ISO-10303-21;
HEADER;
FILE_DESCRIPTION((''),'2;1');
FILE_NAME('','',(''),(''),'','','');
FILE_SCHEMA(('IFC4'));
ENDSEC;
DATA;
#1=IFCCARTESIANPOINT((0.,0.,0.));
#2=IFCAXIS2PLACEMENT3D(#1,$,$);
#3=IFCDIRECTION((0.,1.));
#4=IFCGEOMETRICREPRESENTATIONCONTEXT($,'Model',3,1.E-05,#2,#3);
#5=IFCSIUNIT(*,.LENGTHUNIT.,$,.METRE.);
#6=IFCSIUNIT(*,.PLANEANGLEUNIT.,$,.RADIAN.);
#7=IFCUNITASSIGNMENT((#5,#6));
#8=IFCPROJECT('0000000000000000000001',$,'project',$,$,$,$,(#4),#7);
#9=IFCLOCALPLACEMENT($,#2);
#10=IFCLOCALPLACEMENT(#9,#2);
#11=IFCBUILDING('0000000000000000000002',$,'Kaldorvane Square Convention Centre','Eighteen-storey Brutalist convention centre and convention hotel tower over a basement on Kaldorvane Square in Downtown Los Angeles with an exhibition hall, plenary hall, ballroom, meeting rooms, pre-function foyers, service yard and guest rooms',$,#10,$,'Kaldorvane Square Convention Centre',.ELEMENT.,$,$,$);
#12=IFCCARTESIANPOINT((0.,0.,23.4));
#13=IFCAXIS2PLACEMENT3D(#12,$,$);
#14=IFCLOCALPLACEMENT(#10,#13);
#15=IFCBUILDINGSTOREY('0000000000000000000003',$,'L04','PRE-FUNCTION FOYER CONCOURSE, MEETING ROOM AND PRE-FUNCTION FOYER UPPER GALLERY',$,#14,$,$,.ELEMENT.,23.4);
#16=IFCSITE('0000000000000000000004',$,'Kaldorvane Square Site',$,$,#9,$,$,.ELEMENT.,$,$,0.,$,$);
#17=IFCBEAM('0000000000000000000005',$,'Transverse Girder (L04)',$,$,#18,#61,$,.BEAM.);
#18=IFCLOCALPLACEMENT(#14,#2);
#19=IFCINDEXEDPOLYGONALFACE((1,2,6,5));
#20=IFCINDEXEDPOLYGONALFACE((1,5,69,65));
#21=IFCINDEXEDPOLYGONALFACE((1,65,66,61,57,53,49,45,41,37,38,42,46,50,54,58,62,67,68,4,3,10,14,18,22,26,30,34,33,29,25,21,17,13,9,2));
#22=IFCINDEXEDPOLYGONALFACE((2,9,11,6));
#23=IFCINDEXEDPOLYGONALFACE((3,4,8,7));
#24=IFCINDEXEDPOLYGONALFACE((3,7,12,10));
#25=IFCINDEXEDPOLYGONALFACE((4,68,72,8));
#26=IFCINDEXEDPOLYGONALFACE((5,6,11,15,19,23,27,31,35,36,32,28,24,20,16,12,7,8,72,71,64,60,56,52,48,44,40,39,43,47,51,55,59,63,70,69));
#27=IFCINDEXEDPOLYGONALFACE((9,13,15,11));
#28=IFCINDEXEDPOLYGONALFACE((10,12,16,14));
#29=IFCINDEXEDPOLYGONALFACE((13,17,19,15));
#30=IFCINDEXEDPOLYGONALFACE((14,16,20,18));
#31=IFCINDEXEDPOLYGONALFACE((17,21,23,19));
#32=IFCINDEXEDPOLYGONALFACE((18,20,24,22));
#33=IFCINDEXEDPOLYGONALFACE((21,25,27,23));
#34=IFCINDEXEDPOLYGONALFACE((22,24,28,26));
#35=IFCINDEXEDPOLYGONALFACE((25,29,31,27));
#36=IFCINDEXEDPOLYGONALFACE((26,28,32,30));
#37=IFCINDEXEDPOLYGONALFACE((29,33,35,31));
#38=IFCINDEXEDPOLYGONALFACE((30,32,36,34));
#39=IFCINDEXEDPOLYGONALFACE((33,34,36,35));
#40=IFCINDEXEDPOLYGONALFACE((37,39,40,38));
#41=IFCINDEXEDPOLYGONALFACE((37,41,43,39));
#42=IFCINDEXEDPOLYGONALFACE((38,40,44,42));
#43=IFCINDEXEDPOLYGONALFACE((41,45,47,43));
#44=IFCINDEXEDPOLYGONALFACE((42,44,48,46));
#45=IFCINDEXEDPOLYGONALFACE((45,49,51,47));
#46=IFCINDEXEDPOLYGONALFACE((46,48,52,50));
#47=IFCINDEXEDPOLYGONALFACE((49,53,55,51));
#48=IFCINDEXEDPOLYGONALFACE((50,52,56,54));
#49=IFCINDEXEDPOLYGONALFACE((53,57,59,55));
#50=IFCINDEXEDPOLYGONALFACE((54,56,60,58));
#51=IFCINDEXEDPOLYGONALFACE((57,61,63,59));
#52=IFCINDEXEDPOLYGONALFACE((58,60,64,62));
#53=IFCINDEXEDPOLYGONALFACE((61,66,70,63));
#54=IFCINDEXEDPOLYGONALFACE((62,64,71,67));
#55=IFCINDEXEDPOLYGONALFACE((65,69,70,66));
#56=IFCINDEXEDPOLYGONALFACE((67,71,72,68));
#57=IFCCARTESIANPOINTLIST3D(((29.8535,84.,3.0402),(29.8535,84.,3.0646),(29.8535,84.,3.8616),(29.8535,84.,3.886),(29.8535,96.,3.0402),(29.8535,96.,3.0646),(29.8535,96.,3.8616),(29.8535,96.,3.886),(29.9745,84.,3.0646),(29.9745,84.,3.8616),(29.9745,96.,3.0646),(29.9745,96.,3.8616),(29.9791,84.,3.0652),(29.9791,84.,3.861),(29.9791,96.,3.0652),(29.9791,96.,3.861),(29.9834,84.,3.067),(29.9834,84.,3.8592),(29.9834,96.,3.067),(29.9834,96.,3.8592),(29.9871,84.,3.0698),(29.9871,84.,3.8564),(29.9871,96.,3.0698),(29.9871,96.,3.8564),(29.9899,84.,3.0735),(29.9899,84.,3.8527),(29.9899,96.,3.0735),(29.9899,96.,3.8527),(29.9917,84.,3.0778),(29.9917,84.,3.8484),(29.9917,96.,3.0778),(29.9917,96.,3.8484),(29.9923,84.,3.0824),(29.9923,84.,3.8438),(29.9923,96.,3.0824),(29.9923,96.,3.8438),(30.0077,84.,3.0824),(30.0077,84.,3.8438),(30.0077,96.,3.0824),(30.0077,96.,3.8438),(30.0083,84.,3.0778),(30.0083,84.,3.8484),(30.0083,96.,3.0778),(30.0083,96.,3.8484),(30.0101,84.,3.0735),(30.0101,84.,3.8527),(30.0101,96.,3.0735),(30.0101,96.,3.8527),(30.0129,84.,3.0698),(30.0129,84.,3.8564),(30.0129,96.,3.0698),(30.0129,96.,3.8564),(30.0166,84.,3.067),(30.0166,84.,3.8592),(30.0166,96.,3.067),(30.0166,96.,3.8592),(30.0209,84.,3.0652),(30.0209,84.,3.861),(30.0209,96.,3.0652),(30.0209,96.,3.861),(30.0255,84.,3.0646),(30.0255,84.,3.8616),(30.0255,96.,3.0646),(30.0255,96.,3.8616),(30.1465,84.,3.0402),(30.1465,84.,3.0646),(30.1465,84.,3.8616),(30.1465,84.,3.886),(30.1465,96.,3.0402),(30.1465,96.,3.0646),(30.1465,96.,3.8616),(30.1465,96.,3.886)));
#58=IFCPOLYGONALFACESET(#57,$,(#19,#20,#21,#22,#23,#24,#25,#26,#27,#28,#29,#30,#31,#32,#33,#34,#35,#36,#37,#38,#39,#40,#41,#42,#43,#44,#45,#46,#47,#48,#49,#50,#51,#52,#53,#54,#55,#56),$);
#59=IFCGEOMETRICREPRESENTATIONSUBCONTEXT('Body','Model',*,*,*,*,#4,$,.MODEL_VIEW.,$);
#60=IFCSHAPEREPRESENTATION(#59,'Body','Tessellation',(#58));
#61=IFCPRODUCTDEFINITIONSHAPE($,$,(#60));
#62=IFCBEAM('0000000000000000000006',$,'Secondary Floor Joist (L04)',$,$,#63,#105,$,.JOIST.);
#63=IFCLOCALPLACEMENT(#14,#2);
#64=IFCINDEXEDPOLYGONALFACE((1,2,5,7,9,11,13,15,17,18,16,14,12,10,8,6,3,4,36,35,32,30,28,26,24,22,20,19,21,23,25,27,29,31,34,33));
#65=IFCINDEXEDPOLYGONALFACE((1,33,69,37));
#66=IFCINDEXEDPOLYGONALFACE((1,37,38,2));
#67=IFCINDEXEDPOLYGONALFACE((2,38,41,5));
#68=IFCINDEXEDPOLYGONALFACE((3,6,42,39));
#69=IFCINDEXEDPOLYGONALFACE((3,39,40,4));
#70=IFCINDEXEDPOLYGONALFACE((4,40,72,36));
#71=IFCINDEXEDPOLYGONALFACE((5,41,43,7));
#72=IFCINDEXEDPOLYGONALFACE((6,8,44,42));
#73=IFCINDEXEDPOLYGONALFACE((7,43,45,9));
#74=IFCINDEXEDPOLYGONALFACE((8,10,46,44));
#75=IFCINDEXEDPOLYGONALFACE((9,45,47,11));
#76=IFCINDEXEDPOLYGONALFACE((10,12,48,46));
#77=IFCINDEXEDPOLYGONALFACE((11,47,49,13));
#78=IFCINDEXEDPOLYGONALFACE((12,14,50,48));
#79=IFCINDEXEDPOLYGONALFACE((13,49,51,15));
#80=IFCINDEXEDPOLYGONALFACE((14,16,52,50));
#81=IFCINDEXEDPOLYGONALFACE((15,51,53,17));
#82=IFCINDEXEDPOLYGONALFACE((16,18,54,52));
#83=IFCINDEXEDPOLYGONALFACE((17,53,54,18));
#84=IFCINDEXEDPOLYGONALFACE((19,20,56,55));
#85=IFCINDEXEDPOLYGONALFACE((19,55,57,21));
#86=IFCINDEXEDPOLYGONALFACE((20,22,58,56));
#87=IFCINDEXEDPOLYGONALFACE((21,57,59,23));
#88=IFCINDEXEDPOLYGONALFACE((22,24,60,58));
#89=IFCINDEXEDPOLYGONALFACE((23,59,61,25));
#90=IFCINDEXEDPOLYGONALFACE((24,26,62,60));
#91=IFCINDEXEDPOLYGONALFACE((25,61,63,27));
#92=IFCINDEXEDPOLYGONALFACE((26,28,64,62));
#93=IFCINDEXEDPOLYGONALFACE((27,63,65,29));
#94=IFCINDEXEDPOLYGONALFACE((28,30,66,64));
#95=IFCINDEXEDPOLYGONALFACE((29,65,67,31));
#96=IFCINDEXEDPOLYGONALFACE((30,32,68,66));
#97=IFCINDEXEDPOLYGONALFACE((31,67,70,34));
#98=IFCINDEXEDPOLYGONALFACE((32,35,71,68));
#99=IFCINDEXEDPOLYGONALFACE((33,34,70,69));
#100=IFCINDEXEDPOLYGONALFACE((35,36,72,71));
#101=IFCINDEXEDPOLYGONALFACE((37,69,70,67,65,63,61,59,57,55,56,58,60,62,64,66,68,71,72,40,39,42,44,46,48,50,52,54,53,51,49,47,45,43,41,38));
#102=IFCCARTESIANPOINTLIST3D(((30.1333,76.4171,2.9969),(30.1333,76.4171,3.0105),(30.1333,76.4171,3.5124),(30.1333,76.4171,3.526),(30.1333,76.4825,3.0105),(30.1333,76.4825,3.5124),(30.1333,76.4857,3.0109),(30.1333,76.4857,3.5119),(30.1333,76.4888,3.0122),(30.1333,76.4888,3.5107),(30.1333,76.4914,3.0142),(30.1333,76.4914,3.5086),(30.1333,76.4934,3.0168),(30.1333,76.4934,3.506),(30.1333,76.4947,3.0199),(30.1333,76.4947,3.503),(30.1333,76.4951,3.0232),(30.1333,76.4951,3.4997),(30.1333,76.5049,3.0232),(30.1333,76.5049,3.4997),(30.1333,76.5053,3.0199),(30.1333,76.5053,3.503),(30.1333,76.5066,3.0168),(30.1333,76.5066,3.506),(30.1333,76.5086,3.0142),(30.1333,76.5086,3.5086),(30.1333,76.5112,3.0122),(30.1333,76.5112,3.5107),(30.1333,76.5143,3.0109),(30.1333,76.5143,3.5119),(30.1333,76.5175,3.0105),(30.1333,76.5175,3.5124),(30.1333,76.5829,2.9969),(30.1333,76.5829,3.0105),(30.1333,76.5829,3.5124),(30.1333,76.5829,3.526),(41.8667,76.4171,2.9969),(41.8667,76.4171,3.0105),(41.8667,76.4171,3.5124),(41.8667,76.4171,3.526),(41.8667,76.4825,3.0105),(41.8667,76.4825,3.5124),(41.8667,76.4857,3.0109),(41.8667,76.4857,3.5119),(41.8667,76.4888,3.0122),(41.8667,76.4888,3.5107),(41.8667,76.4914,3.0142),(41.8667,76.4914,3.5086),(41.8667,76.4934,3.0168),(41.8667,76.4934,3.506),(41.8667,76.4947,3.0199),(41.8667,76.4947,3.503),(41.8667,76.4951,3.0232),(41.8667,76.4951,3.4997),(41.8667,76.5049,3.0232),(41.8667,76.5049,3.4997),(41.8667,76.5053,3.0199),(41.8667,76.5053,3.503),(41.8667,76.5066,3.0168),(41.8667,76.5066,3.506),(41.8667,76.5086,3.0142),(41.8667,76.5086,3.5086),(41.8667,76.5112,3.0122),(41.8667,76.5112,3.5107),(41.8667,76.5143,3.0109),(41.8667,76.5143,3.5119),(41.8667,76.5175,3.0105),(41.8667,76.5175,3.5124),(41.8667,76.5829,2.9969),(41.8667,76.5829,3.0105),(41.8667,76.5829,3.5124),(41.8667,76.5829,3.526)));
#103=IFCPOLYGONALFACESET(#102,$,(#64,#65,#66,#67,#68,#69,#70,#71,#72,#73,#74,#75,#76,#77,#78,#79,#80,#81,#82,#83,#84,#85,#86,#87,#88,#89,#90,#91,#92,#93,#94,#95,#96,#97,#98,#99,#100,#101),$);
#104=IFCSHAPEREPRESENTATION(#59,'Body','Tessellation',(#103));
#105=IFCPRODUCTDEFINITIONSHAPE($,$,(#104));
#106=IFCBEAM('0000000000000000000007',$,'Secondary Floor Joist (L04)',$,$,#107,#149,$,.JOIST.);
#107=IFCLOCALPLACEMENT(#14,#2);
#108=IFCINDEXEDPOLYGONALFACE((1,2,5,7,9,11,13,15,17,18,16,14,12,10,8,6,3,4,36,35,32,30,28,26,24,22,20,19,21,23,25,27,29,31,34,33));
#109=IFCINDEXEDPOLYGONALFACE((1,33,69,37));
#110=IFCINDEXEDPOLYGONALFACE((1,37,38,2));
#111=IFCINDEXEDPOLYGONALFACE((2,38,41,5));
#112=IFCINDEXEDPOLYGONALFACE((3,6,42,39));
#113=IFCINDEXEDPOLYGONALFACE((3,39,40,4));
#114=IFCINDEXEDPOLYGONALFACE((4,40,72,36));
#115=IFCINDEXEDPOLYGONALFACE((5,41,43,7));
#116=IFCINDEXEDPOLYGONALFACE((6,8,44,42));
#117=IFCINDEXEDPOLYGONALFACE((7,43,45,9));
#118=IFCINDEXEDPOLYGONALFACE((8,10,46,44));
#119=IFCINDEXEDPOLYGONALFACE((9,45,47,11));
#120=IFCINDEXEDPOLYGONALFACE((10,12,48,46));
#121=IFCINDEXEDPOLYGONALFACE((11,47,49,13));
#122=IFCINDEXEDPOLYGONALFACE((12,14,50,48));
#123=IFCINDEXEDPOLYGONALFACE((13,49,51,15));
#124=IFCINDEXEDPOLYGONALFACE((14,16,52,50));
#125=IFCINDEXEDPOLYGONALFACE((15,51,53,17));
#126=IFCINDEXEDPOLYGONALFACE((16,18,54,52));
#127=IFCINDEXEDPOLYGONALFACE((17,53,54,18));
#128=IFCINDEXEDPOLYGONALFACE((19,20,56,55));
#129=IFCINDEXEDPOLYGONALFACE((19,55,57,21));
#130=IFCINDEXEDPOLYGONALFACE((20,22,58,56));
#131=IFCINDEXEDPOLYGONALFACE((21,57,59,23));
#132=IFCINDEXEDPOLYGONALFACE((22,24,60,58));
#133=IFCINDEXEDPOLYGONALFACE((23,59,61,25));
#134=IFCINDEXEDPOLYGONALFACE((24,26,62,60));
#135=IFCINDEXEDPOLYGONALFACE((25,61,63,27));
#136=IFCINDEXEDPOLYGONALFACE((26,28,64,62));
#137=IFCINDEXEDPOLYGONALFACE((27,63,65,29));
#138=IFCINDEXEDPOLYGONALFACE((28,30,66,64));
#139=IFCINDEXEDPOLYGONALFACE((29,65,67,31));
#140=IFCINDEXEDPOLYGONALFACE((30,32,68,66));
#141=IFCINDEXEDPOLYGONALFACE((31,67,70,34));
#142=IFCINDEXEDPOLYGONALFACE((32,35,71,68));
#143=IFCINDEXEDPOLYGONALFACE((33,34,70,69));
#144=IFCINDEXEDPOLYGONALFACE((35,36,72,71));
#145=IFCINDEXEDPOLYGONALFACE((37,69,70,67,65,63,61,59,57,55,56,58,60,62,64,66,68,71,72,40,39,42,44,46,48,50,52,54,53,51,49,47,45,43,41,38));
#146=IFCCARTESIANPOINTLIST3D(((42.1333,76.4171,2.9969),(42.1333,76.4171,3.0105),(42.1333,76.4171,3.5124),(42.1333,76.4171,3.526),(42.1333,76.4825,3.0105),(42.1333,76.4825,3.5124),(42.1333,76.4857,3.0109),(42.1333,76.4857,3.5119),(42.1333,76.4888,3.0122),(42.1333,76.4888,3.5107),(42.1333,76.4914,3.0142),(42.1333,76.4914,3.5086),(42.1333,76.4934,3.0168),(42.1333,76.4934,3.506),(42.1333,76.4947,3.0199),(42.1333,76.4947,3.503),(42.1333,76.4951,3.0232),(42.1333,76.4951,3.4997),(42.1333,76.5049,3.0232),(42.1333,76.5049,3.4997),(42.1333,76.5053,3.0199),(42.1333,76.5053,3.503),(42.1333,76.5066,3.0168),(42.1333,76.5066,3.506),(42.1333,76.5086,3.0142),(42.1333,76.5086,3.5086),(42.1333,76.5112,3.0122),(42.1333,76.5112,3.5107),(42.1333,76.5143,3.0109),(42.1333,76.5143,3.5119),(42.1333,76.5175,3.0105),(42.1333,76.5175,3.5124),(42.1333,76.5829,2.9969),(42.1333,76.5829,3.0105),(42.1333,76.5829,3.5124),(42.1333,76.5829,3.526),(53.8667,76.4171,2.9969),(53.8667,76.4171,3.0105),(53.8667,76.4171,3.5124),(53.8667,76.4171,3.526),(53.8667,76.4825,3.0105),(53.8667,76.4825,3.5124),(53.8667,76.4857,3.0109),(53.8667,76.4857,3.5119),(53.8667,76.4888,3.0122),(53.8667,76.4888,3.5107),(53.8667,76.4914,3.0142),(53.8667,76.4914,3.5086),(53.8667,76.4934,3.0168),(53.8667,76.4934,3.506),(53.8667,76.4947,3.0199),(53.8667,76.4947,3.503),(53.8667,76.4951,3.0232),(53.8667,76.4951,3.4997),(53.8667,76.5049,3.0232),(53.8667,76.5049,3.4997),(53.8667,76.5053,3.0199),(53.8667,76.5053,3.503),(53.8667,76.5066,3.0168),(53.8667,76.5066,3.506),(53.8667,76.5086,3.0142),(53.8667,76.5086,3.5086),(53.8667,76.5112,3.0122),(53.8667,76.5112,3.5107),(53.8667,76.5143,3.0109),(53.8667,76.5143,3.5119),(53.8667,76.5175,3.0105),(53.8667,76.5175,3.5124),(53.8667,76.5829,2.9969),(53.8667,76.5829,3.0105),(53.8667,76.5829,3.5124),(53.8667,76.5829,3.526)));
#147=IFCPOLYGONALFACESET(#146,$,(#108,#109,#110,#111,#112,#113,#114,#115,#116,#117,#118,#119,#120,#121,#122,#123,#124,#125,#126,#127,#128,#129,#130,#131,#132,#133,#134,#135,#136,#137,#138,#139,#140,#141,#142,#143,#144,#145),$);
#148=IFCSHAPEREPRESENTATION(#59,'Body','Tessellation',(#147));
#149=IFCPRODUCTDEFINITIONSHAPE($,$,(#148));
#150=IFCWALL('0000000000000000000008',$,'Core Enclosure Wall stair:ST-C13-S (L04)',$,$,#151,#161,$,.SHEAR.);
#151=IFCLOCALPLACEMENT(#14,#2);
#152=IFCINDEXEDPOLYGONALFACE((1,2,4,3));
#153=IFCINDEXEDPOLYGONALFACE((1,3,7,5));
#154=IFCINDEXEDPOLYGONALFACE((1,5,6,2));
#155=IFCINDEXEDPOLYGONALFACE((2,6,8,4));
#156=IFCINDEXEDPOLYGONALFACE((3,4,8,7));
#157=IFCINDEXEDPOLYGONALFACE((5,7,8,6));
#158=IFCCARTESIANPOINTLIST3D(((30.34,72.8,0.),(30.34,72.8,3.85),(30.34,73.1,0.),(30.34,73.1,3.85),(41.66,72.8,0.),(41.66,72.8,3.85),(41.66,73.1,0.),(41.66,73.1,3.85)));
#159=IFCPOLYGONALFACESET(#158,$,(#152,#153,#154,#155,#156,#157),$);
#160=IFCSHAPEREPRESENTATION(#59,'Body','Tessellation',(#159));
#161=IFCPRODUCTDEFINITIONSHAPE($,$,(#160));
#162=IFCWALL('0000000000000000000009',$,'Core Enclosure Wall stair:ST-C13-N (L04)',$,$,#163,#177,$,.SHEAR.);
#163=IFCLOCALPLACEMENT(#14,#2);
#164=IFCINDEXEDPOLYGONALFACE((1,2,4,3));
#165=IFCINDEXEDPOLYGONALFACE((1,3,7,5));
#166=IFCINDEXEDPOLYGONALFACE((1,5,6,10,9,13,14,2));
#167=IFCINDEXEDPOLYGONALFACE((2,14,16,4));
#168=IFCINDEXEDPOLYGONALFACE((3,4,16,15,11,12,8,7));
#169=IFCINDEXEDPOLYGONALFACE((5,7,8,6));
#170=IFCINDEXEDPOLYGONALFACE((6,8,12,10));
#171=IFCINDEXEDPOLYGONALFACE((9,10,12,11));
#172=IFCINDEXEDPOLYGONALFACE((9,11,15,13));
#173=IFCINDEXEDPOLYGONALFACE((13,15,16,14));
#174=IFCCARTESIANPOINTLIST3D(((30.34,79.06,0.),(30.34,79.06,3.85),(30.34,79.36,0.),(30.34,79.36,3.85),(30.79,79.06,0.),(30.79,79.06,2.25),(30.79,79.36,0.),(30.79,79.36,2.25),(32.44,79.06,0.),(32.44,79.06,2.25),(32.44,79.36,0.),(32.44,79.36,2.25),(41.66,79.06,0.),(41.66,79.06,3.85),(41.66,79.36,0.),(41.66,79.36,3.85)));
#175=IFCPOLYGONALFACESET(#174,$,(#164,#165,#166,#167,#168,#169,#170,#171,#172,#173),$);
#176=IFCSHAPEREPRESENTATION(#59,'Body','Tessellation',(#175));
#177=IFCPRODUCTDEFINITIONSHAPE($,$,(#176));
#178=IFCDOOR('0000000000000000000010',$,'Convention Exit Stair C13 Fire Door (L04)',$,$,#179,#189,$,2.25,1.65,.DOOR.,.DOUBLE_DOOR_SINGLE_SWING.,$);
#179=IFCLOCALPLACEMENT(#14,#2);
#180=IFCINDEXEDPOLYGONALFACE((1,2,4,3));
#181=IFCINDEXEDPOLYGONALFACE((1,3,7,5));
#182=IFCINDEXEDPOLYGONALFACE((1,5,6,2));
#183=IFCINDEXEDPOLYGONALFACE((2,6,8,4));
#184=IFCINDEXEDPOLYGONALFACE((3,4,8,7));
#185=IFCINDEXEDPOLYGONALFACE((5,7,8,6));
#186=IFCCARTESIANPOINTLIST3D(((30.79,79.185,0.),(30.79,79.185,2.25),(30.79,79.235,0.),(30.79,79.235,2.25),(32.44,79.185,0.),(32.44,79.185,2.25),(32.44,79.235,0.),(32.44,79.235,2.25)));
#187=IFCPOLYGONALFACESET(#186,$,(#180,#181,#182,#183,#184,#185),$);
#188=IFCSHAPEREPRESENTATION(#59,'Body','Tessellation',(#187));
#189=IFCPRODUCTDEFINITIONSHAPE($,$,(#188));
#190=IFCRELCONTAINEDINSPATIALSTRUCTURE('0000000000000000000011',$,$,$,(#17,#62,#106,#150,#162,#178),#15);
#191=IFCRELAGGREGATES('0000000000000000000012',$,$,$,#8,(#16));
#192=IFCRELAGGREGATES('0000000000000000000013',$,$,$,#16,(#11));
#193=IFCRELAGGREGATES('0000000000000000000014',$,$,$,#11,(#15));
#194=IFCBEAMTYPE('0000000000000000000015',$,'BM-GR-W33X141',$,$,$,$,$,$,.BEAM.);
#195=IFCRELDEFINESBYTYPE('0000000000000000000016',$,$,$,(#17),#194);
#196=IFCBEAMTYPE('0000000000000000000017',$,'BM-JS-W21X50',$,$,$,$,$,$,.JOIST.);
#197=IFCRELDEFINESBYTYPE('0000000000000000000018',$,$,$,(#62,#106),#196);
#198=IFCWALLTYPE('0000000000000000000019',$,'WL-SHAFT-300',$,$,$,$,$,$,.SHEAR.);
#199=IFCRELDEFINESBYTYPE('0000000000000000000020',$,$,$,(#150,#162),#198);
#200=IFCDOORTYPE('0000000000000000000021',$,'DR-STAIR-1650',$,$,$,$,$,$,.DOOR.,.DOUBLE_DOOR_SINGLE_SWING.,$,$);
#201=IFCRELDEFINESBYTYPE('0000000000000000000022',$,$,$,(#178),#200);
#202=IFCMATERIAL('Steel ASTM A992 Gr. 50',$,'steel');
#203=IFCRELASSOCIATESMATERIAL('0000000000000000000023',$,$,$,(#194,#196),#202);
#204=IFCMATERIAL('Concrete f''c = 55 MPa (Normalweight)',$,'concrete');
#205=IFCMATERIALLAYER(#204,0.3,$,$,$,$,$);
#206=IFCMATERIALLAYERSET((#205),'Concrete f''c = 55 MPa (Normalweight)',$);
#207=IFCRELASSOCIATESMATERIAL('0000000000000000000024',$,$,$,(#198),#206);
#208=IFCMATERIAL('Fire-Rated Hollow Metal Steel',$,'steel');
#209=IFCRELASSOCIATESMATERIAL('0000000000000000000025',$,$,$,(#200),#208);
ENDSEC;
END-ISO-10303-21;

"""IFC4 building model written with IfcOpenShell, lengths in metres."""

from ifc_helpers import new_model, si_unit, direction, frame, frame_2d, origin, origin_2d, place, context, subcontext, project, spatial, rectangle, i_section, extrude, material, layer, layer_set, material_profile, profile_set, type_object, element, fill, save


model = new_model("IFC4")

# Units and contexts
model_context = context("Model", 3, precision=1e-05, world=origin(), true_north=direction((0.0, 1.0)))
body_context = subcontext(model_context, "Body", "Model", "MODEL_VIEW")
ifc_project = project(units=[si_unit("LENGTHUNIT", "METRE"), si_unit("PLANEANGLEUNIT", "RADIAN")], contexts=[model_context])

# Site, building, storey
site_placement = place(None, origin())
site = spatial("IfcSite", under=ifc_project, at=site_placement, Name="Kaldorvane Square Site", CompositionType="ELEMENT", RefElevation=0.0)
building_placement = place(site_placement, origin())
building = spatial("IfcBuilding", under=site, at=building_placement, Name="Kaldorvane Square Convention Centre", Description="Eighteen-storey Brutalist convention centre and convention hotel tower over a basement on Kaldorvane Square in Downtown Los Angeles with an exhibition hall, plenary hall, ballroom, meeting rooms, pre-function foyers, service yard and guest rooms", LongName="Kaldorvane Square Convention Centre", CompositionType="ELEMENT")
storey_placement = place(building_placement, frame((0.0, 0.0, 23.4)))
storey = spatial("IfcBuildingStorey", under=building, at=storey_placement, Name="L04", Description="PRE-FUNCTION FOYER CONCOURSE, MEETING ROOM AND PRE-FUNCTION FOYER UPPER GALLERY", CompositionType="ELEMENT", Elevation=23.4)

# Shared definitions
ifc_material_1 = material(Name="Concrete f'c = 55 MPa (Normalweight)", Category="concrete")
ifc_material_2 = material(Name="Steel ASTM A992 Gr. 50", Category="steel")

# Beams
ifc_material_profile_1 = material_profile(ifc_material_2, i_section(OverallWidth=0.293, OverallDepth=0.8458, WebThickness=0.0154, FlangeThickness=0.0244, FilletRadius=0.0178, at=origin_2d()), Name="W33X141")
ifc_profile_set_1 = profile_set([ifc_material_profile_1], Name="Steel ASTM A992 Gr. 50")
beam_type_1 = type_object("IfcBeamType", Name="BM-GR-W33X141", PredefinedType="BEAM", material=ifc_profile_set_1)
for number, where, z_axis, x_axis, name in (
    (1, (30.0, 84.0, 3.4631), (0.0, 1.0, 0.0), (-1.0, 0.0, 0.0), "Transverse Girder (L04)"),
):
    element("IfcBeam", number, at=place(storey_placement, frame(where, z_axis=z_axis, x_axis=x_axis)), inside=storey, type_object=beam_type_1, Name=name, PredefinedType="BEAM", context=body_context, shape_type="SweptSolid", body=[
        extrude(i_section(OverallWidth=0.293, OverallDepth=0.8458, WebThickness=0.0154, FlangeThickness=0.0244, FilletRadius=0.0178, at=origin_2d()), origin(), (0.0, 0.0, 1.0), 12.0),
    ])
ifc_material_profile_2 = material_profile(ifc_material_2, i_section(OverallWidth=0.1659, OverallDepth=0.5291, WebThickness=0.0097, FlangeThickness=0.0136, FilletRadius=0.0127, at=origin_2d()), Name="W21X50")
ifc_profile_set_2 = profile_set([ifc_material_profile_2], Name="Steel ASTM A992 Gr. 50")
beam_type_2 = type_object("IfcBeamType", Name="BM-JS-W21X50", PredefinedType="JOIST", material=ifc_profile_set_2)
for number, where, z_axis, x_axis, name in (
    (2, (30.1333, 76.5, 3.2614), (1.0, 0.0, 0.0), (0.0, 1.0, 0.0), "Secondary Floor Joist (L04)"),
    (3, (42.1333, 76.5, 3.2614), (1.0, 0.0, 0.0), (0.0, 1.0, 0.0), "Secondary Floor Joist (L04)"),
):
    element("IfcBeam", number, at=place(storey_placement, frame(where, z_axis=z_axis, x_axis=x_axis)), inside=storey, type_object=beam_type_2, Name=name, PredefinedType="JOIST", context=body_context, shape_type="SweptSolid", body=[
        extrude(i_section(OverallWidth=0.1659, OverallDepth=0.5291, WebThickness=0.0097, FlangeThickness=0.0136, FilletRadius=0.0127, at=origin_2d()), origin(), (0.0, 0.0, 1.0), 11.7334),
    ])

# Wall
ifc_layer = layer(ifc_material_1, 0.3)
ifc_layer_set = layer_set([ifc_layer], Name="Concrete f'c = 55 MPa (Normalweight)")
wall_type = type_object("IfcWallType", Name="WL-SHAFT-300", PredefinedType="SHEAR", material=ifc_layer_set)
wall_1_placement = place(storey_placement, frame((30.34, 72.95, 0.0), z_axis=(0.0, 0.0, 1.0), x_axis=(1.0, 0.0, 0.0)))
element("IfcWall", 4, at=wall_1_placement, inside=storey, type_object=wall_type, Name="Core Enclosure Wall stair:ST-C13-S (L04)", PredefinedType="SHEAR", context=body_context, shape_type="SweptSolid", body=[
    extrude(rectangle(XDim=11.32, YDim=0.3, at=frame_2d((5.66, 0.0))), origin(), (0.0, 0.0, 1.0), 3.85),
])

# Wall, opening, door
wall_2_placement = place(storey_placement, frame((41.66, 79.21, 0.0), z_axis=(0.0, 0.0, 1.0), x_axis=(-1.0, 0.0, 0.0)))
wall_2 = element("IfcWall", 5, at=wall_2_placement, inside=storey, type_object=wall_type, Name="Core Enclosure Wall stair:ST-C13-N (L04)", PredefinedType="SHEAR", context=body_context, shape_type="SweptSolid", body=[
    extrude(rectangle(XDim=11.32, YDim=0.3, at=frame_2d((5.66, 0.0))), origin(), (0.0, 0.0, 1.0), 3.85),
])
opening_placement = place(wall_2_placement, frame((9.22, 0.0, 0.0)))
opening = element("IfcOpeningElement", 6, at=opening_placement, cuts=wall_2, PredefinedType="OPENING", context=body_context, shape_type="SweptSolid", body=[
    extrude(rectangle(XDim=1.65, YDim=2.25, at=frame_2d((0.825, 1.125))), frame((0.0, 0.165, 0.0), z_axis=(0.0, -1.0, 0.0), x_axis=(1.0, 0.0, 0.0)), (0.0, 0.0, 1.0), 0.33),
])
ifc_material_3 = material(Name="Fire-Rated Hollow Metal Steel", Category="steel")
door_type = type_object("IfcDoorType", Name="DR-STAIR-1650", OperationType="DOUBLE_DOOR_SINGLE_SWING", PredefinedType="DOOR", material=ifc_material_3)
door_placement = place(opening_placement, origin())
door = element("IfcDoor", 7, at=door_placement, inside=storey, type_object=door_type, Name="Convention Exit Stair C13 Fire Door (L04)", OperationType="DOUBLE_DOOR_SINGLE_SWING", OverallHeight=2.25, OverallWidth=1.65, PredefinedType="DOOR", context=body_context, shape_type="SweptSolid", body=[
    extrude(rectangle(XDim=1.65, YDim=2.25, at=frame_2d((0.825, 1.125))), frame((0.0, 0.025, 0.0), z_axis=(0.0, -1.0, 0.0), x_axis=(1.0, 0.0, 0.0)), (0.0, 0.0, 1.0), 0.05),
])
fill(opening, door)

save(model, "model.ifc")
